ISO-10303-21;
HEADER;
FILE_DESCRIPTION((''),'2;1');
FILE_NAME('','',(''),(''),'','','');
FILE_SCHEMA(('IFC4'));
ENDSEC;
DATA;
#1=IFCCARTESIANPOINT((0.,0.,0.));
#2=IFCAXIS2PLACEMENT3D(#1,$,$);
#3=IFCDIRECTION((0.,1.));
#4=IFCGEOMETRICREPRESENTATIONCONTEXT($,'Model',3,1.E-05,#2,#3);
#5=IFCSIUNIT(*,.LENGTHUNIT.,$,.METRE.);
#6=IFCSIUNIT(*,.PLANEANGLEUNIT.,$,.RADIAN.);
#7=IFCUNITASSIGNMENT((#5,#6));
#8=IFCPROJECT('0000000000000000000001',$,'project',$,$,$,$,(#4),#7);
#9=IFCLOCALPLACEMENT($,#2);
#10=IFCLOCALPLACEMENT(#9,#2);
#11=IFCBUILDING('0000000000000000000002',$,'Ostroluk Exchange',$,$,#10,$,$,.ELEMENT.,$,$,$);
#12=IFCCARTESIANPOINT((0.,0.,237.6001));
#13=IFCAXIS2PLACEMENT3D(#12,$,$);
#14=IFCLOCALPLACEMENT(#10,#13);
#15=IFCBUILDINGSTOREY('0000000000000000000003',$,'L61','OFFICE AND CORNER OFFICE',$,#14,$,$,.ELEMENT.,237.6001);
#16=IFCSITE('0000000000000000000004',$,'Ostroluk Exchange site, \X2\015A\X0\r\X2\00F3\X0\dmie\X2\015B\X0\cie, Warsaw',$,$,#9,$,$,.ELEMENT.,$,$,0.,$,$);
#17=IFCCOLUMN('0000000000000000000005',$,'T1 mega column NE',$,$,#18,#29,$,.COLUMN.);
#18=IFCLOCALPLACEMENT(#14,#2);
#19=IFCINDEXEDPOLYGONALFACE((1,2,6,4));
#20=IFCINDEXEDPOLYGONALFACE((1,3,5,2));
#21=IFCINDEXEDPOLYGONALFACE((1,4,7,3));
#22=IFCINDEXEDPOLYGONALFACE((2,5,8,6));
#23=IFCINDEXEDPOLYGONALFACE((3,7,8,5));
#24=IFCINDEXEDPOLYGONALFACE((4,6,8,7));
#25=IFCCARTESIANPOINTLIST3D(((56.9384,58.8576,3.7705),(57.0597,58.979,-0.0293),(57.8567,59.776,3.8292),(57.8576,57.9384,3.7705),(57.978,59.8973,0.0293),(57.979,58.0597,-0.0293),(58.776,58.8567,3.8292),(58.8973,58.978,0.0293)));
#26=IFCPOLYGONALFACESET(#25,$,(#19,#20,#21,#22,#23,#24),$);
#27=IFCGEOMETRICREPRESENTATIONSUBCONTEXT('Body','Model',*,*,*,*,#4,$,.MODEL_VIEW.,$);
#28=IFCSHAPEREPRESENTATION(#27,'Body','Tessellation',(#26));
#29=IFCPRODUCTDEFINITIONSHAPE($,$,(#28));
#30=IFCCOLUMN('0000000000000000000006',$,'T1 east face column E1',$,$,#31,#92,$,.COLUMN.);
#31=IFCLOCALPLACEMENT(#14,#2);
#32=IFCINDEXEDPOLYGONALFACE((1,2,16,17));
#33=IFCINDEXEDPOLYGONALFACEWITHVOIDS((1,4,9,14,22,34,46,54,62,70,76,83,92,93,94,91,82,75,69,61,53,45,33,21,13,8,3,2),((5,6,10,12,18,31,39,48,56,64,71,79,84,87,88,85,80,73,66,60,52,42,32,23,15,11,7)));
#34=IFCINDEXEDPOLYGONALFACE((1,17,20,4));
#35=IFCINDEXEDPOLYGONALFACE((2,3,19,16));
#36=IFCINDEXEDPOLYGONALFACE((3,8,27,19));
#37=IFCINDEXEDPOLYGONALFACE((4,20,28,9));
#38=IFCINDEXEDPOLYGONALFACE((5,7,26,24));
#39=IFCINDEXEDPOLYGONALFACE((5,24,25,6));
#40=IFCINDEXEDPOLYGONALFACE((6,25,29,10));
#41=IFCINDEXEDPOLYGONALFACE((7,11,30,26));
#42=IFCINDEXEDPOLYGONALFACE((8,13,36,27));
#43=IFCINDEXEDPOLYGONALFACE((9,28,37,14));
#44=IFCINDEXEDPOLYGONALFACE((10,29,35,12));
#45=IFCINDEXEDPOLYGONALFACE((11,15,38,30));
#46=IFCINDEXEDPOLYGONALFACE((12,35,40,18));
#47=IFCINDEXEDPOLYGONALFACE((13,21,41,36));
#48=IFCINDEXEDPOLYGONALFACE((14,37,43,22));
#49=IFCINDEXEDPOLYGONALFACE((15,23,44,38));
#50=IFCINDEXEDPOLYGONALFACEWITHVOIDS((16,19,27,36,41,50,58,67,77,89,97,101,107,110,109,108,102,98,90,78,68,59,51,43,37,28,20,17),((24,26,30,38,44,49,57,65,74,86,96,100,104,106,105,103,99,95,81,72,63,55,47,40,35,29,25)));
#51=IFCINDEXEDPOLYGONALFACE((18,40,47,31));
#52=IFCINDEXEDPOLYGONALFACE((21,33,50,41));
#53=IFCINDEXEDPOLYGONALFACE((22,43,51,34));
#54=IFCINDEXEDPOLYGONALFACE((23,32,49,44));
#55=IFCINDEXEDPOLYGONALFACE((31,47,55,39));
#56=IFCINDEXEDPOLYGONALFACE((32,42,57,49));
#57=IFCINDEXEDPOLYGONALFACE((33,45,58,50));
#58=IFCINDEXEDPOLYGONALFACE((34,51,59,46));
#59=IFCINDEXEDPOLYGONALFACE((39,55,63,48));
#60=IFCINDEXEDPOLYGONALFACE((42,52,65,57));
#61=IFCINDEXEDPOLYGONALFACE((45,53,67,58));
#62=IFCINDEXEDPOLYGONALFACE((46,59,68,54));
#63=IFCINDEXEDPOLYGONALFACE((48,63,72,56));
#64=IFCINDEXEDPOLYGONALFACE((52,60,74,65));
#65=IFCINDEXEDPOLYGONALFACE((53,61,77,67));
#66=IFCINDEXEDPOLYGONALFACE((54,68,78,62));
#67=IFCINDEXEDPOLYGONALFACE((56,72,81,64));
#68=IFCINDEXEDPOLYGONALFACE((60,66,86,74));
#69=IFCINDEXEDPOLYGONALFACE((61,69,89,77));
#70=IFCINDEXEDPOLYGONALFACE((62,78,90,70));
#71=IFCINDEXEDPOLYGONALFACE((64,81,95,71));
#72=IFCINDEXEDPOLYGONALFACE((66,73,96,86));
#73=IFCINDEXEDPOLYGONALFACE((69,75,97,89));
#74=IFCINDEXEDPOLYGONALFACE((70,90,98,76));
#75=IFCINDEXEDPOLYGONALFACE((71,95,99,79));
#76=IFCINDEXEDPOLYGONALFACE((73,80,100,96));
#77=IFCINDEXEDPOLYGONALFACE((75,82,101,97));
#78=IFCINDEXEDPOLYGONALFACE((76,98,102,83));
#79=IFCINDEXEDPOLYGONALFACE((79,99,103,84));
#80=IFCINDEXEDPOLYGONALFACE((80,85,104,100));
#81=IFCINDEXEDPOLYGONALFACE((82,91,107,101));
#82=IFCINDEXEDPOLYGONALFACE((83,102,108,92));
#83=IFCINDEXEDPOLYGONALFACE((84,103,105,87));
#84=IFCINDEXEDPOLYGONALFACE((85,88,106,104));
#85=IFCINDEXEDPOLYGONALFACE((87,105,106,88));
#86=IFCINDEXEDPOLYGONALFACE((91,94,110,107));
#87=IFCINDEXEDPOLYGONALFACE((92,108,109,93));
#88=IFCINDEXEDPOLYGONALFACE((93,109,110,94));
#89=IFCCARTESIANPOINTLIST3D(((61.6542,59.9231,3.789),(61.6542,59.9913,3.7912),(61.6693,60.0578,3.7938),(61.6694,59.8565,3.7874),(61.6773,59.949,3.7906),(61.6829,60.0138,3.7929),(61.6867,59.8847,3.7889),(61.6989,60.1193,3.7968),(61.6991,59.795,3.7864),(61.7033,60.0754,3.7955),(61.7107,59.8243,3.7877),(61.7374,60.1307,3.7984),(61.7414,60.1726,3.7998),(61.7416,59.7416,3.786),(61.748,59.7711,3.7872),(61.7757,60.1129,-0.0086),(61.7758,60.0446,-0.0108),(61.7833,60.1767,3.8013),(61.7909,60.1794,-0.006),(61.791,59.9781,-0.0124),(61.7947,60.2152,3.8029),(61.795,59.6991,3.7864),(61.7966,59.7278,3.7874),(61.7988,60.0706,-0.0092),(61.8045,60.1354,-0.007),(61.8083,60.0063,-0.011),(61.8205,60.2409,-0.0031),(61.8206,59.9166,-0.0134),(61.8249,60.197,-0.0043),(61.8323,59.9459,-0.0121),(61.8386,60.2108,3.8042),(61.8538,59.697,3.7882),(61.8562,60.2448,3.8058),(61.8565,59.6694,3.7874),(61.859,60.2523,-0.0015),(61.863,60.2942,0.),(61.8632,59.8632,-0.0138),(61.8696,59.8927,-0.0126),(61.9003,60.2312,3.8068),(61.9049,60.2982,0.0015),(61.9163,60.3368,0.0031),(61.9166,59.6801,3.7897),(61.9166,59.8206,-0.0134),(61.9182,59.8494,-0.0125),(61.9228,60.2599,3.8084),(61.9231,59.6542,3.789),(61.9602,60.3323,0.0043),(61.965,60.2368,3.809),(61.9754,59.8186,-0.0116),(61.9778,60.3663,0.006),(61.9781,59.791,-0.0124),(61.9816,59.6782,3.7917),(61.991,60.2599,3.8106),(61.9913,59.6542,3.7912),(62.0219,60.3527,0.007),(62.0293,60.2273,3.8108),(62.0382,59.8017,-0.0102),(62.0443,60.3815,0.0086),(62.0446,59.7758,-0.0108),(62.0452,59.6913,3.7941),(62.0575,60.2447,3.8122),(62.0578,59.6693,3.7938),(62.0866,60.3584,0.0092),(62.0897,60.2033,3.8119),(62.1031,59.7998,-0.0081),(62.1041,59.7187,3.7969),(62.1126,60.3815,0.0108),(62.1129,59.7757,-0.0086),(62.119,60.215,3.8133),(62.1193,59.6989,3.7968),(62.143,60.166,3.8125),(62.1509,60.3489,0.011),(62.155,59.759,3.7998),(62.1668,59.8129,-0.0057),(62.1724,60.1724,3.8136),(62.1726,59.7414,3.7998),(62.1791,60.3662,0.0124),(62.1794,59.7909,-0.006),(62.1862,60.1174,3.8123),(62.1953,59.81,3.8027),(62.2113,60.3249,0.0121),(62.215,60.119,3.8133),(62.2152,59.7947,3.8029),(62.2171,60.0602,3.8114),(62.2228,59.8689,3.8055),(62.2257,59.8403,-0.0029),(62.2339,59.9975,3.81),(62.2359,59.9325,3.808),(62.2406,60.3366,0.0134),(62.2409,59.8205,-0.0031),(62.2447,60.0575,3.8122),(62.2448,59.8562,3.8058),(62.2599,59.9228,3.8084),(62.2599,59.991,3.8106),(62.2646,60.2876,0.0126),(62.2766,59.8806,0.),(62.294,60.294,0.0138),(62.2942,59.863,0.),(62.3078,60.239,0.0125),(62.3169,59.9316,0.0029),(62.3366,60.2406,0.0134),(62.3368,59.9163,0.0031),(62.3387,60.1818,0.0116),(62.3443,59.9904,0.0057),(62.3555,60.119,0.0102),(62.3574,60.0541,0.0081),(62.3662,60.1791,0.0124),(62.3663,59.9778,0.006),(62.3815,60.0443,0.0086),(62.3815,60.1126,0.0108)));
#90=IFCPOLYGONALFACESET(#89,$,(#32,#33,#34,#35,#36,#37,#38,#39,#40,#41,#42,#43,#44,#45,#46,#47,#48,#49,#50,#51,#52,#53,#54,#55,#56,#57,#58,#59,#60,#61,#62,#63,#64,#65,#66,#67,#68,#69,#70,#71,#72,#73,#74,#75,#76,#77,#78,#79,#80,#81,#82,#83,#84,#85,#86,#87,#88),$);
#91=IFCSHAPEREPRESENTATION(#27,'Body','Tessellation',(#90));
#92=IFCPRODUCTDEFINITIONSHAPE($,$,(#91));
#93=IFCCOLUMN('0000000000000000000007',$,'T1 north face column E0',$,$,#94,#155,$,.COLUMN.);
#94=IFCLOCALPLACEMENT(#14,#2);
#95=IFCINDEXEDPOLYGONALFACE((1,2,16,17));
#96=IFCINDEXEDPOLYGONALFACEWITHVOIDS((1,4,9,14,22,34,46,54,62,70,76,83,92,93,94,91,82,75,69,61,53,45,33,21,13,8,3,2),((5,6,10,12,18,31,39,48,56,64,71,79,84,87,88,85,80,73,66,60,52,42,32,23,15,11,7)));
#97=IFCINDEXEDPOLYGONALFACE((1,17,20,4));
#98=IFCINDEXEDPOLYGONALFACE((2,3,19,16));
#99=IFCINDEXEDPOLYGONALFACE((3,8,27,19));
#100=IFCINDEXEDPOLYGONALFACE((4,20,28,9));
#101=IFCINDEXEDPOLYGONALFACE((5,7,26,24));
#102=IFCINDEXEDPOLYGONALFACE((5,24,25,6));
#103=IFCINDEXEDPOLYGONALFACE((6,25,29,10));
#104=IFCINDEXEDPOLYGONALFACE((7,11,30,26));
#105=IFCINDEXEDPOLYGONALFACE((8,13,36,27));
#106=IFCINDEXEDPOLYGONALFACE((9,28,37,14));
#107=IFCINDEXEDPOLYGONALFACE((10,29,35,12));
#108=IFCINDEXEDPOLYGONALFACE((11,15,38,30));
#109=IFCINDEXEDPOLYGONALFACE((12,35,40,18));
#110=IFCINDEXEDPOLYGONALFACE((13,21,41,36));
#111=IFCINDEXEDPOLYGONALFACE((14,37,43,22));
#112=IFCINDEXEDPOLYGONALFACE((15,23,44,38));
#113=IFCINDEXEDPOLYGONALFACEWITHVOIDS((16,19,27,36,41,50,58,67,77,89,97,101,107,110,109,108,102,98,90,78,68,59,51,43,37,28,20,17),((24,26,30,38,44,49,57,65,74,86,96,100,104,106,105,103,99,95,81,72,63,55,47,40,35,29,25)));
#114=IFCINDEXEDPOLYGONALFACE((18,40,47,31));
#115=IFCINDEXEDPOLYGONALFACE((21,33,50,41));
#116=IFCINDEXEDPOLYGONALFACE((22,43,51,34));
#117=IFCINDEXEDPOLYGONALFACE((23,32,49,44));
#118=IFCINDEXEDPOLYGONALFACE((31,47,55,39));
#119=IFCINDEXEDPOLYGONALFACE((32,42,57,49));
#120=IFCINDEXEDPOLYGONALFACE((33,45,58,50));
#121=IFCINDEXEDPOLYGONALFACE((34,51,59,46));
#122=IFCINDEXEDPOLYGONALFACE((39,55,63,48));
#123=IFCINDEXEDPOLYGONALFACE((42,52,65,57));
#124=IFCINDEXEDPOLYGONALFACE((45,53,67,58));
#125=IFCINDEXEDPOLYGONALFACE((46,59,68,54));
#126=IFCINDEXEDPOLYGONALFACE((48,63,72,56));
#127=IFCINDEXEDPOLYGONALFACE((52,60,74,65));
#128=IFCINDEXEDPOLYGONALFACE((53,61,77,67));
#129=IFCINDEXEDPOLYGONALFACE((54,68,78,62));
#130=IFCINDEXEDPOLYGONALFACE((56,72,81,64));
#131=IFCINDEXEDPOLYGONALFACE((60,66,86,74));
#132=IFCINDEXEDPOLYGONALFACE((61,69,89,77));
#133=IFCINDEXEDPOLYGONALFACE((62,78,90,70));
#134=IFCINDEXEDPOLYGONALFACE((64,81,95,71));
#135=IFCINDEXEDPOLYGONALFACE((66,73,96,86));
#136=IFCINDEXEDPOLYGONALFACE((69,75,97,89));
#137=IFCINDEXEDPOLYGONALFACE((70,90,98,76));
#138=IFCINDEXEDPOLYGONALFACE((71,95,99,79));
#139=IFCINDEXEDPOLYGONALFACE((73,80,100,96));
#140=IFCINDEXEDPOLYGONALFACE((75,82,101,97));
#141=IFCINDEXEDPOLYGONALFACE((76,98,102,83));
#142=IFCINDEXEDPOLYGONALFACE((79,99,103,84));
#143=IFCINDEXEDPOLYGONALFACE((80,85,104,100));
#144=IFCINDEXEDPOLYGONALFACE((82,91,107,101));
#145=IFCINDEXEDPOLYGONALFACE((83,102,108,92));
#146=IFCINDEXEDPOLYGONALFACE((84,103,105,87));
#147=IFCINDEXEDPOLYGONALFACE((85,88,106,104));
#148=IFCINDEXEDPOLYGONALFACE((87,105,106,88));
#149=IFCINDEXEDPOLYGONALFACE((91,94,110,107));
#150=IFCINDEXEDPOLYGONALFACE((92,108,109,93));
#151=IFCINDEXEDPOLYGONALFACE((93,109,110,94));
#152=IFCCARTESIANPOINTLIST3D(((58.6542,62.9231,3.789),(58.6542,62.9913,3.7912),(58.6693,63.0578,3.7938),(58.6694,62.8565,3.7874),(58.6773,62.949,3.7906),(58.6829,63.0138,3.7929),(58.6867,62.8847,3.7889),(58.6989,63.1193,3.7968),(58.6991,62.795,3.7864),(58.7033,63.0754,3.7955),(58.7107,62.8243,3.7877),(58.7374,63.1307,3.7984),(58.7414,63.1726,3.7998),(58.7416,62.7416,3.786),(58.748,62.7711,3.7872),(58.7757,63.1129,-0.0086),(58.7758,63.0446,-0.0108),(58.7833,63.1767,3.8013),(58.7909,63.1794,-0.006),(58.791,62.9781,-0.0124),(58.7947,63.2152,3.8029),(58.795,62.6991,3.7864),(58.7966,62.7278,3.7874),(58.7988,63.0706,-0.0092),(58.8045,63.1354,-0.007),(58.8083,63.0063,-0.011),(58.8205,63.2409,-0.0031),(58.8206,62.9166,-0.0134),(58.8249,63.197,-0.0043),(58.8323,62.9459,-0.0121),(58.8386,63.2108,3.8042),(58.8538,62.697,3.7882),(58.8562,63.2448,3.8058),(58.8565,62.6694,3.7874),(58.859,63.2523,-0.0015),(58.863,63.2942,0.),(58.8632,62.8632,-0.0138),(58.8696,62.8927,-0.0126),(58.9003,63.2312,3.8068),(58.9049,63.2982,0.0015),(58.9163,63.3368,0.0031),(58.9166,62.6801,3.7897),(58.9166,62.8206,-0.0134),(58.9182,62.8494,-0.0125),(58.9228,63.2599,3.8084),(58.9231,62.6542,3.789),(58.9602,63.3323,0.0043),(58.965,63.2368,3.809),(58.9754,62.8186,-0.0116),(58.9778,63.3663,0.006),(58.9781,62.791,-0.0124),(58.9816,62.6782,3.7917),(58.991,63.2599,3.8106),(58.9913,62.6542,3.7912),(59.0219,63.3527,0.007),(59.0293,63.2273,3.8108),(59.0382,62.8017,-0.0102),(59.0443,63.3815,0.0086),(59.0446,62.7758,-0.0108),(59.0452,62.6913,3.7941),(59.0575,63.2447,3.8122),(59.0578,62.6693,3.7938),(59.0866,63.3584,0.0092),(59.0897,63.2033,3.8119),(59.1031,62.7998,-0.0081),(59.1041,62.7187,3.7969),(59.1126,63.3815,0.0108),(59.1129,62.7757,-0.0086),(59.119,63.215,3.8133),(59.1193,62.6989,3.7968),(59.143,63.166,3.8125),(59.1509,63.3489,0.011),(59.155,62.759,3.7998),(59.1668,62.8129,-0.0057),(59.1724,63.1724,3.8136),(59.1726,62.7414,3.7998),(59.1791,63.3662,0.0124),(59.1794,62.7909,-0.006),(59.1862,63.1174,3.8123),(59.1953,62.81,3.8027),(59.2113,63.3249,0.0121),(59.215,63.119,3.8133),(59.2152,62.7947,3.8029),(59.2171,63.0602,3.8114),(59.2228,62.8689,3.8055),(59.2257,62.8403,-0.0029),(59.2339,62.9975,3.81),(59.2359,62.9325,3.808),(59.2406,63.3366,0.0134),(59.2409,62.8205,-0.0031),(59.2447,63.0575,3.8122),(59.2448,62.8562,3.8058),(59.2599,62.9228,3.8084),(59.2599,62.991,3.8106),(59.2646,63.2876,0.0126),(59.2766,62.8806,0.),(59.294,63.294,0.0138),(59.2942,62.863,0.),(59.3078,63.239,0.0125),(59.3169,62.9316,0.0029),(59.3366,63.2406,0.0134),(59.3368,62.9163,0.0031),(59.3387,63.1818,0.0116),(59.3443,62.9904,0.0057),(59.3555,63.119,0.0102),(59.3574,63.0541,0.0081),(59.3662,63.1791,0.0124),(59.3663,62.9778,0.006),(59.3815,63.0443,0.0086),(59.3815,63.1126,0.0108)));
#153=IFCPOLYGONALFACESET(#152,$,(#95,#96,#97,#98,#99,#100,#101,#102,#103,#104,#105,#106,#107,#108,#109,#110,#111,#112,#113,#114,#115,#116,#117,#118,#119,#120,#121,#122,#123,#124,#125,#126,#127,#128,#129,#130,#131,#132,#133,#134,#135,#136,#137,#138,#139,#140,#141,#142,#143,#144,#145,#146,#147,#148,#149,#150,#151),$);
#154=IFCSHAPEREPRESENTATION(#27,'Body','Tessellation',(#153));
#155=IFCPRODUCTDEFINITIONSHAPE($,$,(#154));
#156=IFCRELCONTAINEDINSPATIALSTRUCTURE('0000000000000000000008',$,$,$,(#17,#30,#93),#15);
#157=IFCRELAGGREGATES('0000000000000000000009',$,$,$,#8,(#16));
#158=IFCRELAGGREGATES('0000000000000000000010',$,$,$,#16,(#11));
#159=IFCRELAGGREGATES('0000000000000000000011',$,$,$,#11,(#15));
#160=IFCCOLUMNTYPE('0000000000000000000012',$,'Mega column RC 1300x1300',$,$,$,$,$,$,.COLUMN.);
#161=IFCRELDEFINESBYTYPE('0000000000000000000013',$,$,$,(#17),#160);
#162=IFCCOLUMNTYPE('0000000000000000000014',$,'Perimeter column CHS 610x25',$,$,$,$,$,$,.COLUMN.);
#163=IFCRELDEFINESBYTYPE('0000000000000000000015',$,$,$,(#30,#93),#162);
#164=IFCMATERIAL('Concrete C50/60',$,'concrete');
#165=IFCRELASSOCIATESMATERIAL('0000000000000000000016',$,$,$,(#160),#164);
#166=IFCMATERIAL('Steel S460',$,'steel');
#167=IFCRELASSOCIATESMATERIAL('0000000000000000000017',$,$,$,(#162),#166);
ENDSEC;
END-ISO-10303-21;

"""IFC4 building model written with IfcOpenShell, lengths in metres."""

from ifc_helpers import new_model, si_unit, direction, frame, origin, origin_2d, place, context, subcontext, project, spatial, rectangle, hollow_circle, extrude, material, material_profile, profile_set, type_object, element, save


model = new_model("IFC4")

# Units and contexts
model_context = context("Model", 3, precision=1e-05, world=origin(), true_north=direction((0.0, 1.0)))
body_context = subcontext(model_context, "Body", "Model", "MODEL_VIEW")
ifc_project = project(units=[si_unit("LENGTHUNIT", "METRE"), si_unit("PLANEANGLEUNIT", "RADIAN")], contexts=[model_context])

# Site, building, storey
site_placement = place(None, origin())
site = spatial("IfcSite", under=ifc_project, at=site_placement, Name="Ostroluk Exchange site, Śródmieście, Warsaw", CompositionType="ELEMENT", RefElevation=0.0)
building_placement = place(site_placement, origin())
building = spatial("IfcBuilding", under=site, at=building_placement, Name="Ostroluk Exchange", CompositionType="ELEMENT")
storey_placement = place(building_placement, frame((0.0, 0.0, 237.6001)))
storey = spatial("IfcBuildingStorey", under=building, at=storey_placement, Name="L61", Description="OFFICE AND CORNER OFFICE", CompositionType="ELEMENT", Elevation=237.6001)

# Columns
ifc_material_1 = material(Name="Concrete C50/60", Category="concrete")
ifc_material_profile_1 = material_profile(ifc_material_1, rectangle(XDim=1.3, YDim=1.3, at=origin_2d()), Name="RC 1300x1300")
ifc_profile_set_1 = profile_set([ifc_material_profile_1], Name="Concrete C50/60")
column_type_1 = type_object("IfcColumnType", Name="Mega column RC 1300x1300", PredefinedType="COLUMN", material=ifc_profile_set_1)
column_1_placement = place(storey_placement, frame((57.9785, 58.9785, 0.0), z_axis=(-0.0319, -0.0319, 0.998982), x_axis=(0.707107, -0.707107, 0.0)))
element("IfcColumn", 1, at=column_1_placement, inside=storey, type_object=column_type_1, Name="T1 mega column NE", PredefinedType="COLUMN", context=body_context, shape_type="SweptSolid", body=[
    extrude(rectangle(XDim=1.3, YDim=1.3, at=origin_2d()), origin(), (0.0, 0.0, 1.0), 3.8037),
])
ifc_material_2 = material(Name="Steel S460", Category="steel")
ifc_material_profile_2 = material_profile(ifc_material_2, hollow_circle(Radius=0.3049, WallThickness=0.0249, at=origin_2d()), Name="CHS 610x25")
ifc_profile_set_2 = profile_set([ifc_material_profile_2], Name="Steel S460")
column_type_2 = type_object("IfcColumnType", Name="Perimeter column CHS 610x25", PredefinedType="COLUMN", material=ifc_profile_set_2)
for number, where, z_axis, x_axis, name in (
    (2, (62.0786, 60.0786, 0.0), (-0.031964, -0.031964, 0.998978), (0.707107, -0.707107, 0.0), "T1 east face column E1"),
    (3, (59.0786, 63.0786, 0.0), (-0.031964, -0.031964, 0.998978), (0.707107, -0.707107, 0.0), "T1 north face column E0"),
):
    element("IfcColumn", number, at=place(storey_placement, frame(where, z_axis=z_axis, x_axis=x_axis)), inside=storey, type_object=column_type_2, Name=name, PredefinedType="COLUMN", context=body_context, shape_type="SweptSolid", body=[
        extrude(hollow_circle(Radius=0.3049, WallThickness=0.0249, at=origin_2d()), origin(), (0.0, 0.0, 1.0), 3.8037),
    ])

save(model, "model.ifc")
